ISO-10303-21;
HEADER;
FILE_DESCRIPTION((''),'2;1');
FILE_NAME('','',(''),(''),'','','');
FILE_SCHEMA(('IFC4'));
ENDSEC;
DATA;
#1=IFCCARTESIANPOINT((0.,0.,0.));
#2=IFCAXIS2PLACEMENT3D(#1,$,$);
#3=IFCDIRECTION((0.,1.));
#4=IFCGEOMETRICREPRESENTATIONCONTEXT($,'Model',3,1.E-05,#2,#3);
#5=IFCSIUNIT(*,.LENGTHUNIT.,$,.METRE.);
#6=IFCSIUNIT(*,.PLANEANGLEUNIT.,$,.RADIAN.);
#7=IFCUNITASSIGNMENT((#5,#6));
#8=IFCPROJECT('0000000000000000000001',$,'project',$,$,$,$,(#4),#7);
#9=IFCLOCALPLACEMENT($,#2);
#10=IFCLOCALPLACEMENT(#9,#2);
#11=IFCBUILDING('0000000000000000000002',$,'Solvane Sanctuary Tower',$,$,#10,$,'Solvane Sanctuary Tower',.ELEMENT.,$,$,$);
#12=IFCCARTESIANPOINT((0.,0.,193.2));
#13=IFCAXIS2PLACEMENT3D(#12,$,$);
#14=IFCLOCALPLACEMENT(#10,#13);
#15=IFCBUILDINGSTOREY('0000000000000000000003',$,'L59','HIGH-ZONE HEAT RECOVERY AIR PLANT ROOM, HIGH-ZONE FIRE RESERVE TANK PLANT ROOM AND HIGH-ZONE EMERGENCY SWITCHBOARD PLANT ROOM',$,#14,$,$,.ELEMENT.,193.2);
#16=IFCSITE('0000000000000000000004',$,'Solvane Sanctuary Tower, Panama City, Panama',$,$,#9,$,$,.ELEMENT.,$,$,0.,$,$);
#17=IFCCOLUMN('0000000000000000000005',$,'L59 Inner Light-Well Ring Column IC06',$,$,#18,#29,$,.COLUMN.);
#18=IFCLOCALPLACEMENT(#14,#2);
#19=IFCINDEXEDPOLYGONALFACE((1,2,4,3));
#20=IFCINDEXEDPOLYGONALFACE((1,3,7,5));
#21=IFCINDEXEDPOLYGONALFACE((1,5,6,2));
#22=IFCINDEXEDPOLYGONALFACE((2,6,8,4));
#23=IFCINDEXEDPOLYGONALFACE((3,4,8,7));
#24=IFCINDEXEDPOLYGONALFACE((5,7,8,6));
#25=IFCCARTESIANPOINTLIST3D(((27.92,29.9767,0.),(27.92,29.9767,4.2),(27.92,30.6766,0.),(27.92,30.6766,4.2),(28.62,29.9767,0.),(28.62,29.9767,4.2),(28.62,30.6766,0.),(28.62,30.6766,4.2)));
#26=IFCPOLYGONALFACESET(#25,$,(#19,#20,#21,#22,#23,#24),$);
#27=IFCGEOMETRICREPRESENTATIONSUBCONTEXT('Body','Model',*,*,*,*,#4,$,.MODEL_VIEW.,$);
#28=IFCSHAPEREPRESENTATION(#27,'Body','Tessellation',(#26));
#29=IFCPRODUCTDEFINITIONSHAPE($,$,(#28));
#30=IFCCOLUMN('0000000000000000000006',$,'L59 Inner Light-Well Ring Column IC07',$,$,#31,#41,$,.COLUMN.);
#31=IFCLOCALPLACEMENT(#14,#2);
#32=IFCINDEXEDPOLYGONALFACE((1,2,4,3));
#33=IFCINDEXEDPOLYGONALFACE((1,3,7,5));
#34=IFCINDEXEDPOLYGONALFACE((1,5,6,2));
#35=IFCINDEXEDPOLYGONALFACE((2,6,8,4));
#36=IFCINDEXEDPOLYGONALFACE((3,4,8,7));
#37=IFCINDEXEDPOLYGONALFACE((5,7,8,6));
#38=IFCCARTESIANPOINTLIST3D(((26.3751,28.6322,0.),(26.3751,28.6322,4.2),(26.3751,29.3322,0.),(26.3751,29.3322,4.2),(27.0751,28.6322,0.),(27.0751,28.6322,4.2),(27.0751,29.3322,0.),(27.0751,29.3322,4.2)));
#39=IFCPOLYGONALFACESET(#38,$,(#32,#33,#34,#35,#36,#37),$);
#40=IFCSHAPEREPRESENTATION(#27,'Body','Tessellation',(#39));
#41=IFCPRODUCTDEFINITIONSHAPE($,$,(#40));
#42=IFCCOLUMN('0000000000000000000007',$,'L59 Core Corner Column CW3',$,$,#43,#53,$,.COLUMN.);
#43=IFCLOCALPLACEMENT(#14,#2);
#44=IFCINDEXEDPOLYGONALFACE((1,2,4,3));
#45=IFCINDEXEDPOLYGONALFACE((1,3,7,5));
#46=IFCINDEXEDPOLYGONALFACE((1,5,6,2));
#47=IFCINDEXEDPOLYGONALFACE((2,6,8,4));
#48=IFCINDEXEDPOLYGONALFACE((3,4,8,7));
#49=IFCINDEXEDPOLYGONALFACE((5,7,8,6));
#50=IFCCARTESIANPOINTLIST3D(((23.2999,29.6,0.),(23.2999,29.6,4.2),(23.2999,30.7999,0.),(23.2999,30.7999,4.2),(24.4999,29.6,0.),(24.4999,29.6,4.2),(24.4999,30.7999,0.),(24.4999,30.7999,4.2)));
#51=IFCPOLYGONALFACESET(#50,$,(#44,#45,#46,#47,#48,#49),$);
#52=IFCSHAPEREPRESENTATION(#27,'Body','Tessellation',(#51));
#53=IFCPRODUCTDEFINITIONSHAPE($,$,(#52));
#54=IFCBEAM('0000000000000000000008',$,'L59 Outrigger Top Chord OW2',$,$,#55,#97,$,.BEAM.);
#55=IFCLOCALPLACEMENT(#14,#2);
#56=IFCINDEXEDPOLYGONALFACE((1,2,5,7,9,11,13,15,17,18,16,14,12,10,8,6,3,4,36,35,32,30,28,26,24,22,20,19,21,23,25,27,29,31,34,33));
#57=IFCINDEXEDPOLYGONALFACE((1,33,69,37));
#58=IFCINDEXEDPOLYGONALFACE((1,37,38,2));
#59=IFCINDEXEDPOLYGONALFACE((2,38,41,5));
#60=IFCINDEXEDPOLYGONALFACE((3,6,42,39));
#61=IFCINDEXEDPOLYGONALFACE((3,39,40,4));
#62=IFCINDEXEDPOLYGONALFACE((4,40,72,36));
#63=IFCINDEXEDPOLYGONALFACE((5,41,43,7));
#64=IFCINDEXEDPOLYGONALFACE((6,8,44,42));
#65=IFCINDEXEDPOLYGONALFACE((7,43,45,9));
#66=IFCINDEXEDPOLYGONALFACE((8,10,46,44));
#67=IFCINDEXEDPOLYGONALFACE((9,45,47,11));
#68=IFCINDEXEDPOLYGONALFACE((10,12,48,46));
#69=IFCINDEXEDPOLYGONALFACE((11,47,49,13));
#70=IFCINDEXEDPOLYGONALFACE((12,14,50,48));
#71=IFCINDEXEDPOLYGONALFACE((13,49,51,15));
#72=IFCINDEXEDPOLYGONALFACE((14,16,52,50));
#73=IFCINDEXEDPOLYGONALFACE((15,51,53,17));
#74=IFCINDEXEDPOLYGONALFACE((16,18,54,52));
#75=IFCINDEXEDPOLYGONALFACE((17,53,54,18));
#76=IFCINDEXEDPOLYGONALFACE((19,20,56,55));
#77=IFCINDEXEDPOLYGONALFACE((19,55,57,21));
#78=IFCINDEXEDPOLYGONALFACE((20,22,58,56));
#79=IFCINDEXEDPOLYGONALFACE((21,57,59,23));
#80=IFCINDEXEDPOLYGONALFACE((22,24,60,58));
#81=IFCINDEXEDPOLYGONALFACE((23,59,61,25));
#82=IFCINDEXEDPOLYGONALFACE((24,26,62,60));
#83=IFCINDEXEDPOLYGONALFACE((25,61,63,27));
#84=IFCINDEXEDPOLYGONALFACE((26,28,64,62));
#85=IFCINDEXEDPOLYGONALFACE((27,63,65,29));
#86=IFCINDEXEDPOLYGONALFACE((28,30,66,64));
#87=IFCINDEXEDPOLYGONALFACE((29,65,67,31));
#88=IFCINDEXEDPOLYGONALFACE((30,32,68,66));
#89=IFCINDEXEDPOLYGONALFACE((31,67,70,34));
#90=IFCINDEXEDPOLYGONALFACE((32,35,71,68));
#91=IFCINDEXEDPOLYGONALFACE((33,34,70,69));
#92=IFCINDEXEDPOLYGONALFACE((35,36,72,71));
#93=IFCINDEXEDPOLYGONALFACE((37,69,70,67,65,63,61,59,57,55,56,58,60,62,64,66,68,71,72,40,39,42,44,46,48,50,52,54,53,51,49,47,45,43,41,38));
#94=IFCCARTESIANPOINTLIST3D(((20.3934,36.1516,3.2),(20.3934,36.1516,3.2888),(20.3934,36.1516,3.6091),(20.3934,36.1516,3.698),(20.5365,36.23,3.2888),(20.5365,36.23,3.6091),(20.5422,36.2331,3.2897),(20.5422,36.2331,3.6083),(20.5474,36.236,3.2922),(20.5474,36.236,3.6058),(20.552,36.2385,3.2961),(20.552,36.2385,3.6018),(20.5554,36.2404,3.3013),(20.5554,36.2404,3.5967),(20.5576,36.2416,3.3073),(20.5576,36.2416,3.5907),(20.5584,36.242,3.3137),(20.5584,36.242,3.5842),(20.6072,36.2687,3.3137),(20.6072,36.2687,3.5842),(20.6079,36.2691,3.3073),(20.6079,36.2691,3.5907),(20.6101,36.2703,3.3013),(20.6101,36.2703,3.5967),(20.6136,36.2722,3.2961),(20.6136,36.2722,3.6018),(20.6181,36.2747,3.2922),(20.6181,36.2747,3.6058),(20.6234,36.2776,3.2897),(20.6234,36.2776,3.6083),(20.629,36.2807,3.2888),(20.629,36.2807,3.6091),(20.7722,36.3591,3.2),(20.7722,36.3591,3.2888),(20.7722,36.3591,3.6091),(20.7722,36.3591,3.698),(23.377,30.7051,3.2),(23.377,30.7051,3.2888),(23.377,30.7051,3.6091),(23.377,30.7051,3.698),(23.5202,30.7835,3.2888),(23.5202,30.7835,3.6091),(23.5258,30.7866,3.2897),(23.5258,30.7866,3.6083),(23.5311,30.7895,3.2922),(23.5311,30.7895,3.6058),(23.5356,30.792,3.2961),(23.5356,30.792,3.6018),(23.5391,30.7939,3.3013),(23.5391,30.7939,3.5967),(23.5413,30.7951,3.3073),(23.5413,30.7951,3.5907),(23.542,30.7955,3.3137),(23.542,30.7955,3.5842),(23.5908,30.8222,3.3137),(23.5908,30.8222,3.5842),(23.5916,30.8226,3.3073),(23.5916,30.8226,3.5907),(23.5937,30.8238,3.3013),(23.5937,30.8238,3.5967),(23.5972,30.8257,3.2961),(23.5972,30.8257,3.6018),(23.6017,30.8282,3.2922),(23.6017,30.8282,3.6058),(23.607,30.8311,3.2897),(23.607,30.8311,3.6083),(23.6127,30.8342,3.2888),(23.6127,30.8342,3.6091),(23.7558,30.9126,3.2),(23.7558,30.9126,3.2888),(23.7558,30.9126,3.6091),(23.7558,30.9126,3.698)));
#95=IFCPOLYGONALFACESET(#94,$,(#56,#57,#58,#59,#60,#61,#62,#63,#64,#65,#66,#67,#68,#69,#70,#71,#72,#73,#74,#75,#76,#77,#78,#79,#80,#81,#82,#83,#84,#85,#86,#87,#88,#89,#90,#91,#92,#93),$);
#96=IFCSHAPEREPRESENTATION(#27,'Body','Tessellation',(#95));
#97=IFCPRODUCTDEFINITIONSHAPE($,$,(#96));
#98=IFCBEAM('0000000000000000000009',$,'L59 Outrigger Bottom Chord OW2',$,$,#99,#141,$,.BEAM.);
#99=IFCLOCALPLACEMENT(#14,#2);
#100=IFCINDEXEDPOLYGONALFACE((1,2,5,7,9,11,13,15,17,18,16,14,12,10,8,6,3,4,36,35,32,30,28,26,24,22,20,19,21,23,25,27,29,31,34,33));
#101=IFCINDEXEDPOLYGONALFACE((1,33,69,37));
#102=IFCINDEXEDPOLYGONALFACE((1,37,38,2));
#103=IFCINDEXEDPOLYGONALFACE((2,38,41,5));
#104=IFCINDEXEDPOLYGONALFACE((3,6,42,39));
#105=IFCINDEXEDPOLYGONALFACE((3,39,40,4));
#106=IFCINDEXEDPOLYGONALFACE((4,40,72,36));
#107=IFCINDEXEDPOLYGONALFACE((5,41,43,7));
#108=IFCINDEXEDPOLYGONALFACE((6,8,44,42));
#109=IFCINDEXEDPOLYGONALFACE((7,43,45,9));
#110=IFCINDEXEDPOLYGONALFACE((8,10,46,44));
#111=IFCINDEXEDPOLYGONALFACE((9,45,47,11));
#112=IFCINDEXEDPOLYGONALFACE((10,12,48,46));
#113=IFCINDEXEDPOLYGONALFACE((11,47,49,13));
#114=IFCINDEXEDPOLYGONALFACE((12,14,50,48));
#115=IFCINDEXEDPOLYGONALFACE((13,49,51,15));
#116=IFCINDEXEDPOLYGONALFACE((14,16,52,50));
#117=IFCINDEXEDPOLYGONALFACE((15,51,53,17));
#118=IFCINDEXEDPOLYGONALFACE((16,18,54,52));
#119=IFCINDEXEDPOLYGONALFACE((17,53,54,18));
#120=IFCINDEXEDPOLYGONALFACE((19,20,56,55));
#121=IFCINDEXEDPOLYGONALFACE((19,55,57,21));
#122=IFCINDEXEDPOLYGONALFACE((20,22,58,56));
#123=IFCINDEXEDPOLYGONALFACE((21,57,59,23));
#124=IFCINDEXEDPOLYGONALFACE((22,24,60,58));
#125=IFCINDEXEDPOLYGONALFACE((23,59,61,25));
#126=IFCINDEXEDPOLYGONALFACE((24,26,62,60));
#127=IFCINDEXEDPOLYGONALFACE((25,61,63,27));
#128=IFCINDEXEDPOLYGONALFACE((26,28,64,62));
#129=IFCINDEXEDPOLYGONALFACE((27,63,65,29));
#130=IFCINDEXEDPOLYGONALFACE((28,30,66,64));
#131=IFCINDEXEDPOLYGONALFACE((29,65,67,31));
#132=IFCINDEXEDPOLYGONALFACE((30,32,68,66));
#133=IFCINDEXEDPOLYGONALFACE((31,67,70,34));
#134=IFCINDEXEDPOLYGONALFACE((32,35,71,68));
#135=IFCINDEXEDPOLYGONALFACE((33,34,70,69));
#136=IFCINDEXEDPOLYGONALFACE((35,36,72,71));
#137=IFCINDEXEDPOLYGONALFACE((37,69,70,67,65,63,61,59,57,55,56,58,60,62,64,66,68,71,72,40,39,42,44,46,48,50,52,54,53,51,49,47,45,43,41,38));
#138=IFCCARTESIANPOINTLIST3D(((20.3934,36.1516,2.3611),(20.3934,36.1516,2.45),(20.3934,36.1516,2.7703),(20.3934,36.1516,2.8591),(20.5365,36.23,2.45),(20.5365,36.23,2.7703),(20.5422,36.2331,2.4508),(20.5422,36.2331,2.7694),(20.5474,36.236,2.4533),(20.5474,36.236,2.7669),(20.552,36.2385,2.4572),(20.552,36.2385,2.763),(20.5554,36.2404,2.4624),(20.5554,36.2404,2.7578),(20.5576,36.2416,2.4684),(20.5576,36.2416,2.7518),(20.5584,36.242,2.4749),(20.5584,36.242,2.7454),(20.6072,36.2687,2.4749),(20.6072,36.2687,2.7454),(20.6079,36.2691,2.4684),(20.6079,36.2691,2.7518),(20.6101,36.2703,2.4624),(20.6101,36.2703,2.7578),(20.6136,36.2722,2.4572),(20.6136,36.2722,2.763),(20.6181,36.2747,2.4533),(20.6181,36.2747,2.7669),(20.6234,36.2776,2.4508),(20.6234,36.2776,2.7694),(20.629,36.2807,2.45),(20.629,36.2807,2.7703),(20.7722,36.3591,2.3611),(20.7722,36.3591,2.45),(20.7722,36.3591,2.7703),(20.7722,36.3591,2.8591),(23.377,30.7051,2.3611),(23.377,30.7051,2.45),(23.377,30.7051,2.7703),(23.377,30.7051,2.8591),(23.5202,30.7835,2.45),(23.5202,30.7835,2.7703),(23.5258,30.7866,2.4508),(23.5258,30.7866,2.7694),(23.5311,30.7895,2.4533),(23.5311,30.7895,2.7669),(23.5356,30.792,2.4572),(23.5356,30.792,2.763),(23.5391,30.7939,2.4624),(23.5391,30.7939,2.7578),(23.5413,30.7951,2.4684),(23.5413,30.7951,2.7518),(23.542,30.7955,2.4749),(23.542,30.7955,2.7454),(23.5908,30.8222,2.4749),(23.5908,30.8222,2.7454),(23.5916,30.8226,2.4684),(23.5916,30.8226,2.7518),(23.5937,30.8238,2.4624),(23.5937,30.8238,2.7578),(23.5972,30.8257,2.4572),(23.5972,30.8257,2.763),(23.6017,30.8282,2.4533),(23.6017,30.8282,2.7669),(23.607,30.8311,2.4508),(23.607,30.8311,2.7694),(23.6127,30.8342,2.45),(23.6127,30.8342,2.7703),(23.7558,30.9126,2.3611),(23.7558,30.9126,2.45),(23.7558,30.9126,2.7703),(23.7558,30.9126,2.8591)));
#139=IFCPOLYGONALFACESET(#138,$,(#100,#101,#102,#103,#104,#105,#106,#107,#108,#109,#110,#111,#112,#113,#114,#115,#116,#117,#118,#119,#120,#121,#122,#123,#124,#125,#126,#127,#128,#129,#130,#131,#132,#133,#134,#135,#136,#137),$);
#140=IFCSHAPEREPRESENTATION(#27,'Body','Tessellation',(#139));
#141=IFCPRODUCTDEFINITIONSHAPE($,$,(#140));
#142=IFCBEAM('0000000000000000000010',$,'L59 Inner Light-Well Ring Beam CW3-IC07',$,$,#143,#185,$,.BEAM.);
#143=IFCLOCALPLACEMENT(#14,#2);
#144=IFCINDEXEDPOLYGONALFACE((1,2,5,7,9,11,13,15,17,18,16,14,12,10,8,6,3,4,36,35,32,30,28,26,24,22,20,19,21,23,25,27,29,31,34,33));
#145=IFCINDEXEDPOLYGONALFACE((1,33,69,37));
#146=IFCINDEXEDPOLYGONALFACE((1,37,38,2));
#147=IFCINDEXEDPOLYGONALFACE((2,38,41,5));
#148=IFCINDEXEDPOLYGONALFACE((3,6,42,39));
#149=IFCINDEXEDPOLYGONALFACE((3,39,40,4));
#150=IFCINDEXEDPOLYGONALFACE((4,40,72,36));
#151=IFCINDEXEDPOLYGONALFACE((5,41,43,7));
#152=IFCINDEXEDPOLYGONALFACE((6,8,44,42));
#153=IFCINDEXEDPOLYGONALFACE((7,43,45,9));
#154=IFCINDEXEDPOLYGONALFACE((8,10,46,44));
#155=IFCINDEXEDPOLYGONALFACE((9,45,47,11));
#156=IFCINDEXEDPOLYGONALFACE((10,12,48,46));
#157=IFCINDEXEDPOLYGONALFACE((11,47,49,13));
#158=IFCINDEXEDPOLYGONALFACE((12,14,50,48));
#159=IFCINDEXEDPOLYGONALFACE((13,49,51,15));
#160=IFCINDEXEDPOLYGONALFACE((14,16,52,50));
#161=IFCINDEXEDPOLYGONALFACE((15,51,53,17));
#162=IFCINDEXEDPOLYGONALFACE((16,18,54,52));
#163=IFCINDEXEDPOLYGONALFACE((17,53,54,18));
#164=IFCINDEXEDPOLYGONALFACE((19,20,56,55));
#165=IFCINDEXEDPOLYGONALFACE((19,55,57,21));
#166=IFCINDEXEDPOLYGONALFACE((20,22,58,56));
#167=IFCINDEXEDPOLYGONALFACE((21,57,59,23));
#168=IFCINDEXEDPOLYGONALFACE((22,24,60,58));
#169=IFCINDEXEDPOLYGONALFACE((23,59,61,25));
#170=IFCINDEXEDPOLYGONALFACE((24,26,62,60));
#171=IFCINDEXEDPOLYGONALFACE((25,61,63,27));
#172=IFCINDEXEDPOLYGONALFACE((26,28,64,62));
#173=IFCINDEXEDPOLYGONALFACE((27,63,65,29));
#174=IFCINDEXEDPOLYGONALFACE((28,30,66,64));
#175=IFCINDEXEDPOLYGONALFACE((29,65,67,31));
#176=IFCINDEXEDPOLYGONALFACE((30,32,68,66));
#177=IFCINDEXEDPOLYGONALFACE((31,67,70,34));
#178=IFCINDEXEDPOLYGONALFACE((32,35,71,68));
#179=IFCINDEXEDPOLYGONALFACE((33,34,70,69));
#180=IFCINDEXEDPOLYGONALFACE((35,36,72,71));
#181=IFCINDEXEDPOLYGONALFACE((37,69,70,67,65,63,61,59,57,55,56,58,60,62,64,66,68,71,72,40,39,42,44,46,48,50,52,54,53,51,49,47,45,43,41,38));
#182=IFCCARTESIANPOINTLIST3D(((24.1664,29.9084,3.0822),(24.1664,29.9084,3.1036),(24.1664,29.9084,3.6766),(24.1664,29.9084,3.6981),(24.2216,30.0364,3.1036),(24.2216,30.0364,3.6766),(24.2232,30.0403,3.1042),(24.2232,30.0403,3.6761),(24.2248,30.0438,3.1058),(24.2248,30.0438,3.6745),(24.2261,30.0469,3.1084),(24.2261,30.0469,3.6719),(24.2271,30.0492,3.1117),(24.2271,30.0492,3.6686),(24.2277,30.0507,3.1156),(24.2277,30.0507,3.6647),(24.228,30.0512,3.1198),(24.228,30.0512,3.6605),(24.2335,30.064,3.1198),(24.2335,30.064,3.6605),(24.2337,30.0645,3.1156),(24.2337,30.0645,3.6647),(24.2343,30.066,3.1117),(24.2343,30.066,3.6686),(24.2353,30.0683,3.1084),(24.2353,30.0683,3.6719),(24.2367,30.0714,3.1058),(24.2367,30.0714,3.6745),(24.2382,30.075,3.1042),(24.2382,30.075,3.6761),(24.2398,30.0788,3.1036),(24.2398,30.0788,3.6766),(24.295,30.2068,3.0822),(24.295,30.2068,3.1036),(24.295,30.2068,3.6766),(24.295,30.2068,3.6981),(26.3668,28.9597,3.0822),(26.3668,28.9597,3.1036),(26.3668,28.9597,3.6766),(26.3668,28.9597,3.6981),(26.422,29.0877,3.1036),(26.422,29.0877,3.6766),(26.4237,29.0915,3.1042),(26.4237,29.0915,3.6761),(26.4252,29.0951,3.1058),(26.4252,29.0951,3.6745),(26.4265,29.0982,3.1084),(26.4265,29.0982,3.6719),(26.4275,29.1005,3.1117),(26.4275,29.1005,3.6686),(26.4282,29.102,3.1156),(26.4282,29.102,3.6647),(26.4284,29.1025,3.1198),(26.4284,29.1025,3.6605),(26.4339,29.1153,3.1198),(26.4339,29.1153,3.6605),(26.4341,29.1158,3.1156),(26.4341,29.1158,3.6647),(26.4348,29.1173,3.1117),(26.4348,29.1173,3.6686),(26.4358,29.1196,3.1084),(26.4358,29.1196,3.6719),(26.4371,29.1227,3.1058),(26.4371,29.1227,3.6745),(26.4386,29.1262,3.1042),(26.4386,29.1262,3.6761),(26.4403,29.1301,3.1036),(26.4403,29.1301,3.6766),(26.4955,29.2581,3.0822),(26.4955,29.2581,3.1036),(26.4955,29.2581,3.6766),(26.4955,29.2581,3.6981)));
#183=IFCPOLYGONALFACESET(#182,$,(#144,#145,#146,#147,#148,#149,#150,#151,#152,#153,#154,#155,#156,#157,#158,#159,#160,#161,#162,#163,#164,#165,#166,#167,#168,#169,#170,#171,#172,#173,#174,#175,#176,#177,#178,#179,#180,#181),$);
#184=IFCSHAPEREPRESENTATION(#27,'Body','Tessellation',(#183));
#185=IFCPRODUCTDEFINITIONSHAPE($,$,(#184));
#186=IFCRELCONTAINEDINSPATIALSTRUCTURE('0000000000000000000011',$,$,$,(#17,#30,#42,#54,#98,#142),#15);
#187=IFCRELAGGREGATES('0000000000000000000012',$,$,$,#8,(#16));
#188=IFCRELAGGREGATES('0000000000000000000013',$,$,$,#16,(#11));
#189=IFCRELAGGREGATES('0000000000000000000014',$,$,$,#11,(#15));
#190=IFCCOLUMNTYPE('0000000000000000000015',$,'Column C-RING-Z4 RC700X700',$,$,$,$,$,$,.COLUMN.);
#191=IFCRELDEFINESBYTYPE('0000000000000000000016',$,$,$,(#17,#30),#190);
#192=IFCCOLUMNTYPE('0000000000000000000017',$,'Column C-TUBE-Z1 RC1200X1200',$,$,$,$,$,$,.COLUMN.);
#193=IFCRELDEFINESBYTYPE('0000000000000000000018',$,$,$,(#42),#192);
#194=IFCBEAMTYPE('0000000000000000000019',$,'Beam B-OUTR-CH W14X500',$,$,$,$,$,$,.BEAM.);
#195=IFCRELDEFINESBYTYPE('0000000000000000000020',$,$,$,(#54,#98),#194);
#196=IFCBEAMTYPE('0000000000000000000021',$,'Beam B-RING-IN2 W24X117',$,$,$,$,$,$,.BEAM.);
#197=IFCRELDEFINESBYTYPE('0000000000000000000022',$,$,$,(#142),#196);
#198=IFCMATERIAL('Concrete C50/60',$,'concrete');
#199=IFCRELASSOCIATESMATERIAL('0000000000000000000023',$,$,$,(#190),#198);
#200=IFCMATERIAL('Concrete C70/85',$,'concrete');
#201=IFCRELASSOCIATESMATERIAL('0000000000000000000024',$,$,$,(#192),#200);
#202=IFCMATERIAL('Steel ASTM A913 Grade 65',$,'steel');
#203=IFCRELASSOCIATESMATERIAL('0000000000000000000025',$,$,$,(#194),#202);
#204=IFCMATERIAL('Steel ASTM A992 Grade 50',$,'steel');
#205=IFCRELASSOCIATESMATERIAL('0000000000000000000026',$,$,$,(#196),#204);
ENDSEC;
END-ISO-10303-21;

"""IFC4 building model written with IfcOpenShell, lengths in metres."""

from ifc_helpers import new_model, si_unit, direction, frame, origin, origin_2d, place, context, subcontext, project, spatial, rectangle, i_section, extrude, material, material_profile, profile_set, type_object, element, save


model = new_model("IFC4")

# Units and contexts
model_context = context("Model", 3, precision=1e-05, world=origin(), true_north=direction((0.0, 1.0)))
body_context = subcontext(model_context, "Body", "Model", "MODEL_VIEW")
ifc_project = project(units=[si_unit("LENGTHUNIT", "METRE"), si_unit("PLANEANGLEUNIT", "RADIAN")], contexts=[model_context])

# Site, building, storey
site_placement = place(None, origin())
site = spatial("IfcSite", under=ifc_project, at=site_placement, Name="Solvane Sanctuary Tower, Panama City, Panama", CompositionType="ELEMENT", RefElevation=0.0)
building_placement = place(site_placement, origin())
building = spatial("IfcBuilding", under=site, at=building_placement, Name="Solvane Sanctuary Tower", LongName="Solvane Sanctuary Tower", CompositionType="ELEMENT")
storey_placement = place(building_placement, frame((0.0, 0.0, 193.2)))
storey = spatial("IfcBuildingStorey", under=building, at=storey_placement, Name="L59", Description="HIGH-ZONE HEAT RECOVERY AIR PLANT ROOM, HIGH-ZONE FIRE RESERVE TANK PLANT ROOM AND HIGH-ZONE EMERGENCY SWITCHBOARD PLANT ROOM", CompositionType="ELEMENT", Elevation=193.2)

# Columns
ifc_material_1 = material(Name="Concrete C50/60", Category="concrete")
ifc_material_profile_1 = material_profile(ifc_material_1, rectangle(XDim=0.7, YDim=0.7, at=origin_2d()), Name="RC700X700")
ifc_profile_set_1 = profile_set([ifc_material_profile_1], Name="Concrete C50/60")
column_type_1 = type_object("IfcColumnType", Name="Column C-RING-Z4 RC700X700", PredefinedType="COLUMN", material=ifc_profile_set_1)
for number, where, z_axis, x_axis, name in (
    (1, (28.27, 30.3267, 0.0), (0.0, 0.0, 1.0), (1.0, 0.0, 0.0), "L59 Inner Light-Well Ring Column IC06"),
    (2, (26.7251, 28.9822, 0.0), (0.0, 0.0, 1.0), (1.0, 0.0, 0.0), "L59 Inner Light-Well Ring Column IC07"),
):
    element("IfcColumn", number, at=place(storey_placement, frame(where, z_axis=z_axis, x_axis=x_axis)), inside=storey, type_object=column_type_1, Name=name, PredefinedType="COLUMN", context=body_context, shape_type="SweptSolid", body=[
        extrude(rectangle(XDim=0.7, YDim=0.7, at=origin_2d()), origin(), (0.0, 0.0, 1.0), 4.2),
    ])
ifc_material_2 = material(Name="Concrete C70/85", Category="concrete")
ifc_material_profile_2 = material_profile(ifc_material_2, rectangle(XDim=1.2, YDim=1.2, at=origin_2d()), Name="RC1200X1200")
ifc_profile_set_2 = profile_set([ifc_material_profile_2], Name="Concrete C70/85")
column_type_2 = type_object("IfcColumnType", Name="Column C-TUBE-Z1 RC1200X1200", PredefinedType="COLUMN", material=ifc_profile_set_2)
column_placement = place(storey_placement, frame((23.8999, 30.2, 0.0), z_axis=(0.0, 0.0, 1.0), x_axis=(1.0, 0.0, 0.0)))
element("IfcColumn", 3, at=column_placement, inside=storey, type_object=column_type_2, Name="L59 Core Corner Column CW3", PredefinedType="COLUMN", context=body_context, shape_type="SweptSolid", body=[
    extrude(rectangle(XDim=1.2, YDim=1.2, at=origin_2d()), origin(), (0.0, 0.0, 1.0), 4.2),
])

# Beams
ifc_material_3 = material(Name="Steel ASTM A913 Grade 65", Category="steel")
ifc_material_profile_3 = material_profile(ifc_material_3, i_section(OverallWidth=0.4319, OverallDepth=0.498, WebThickness=0.0557, FlangeThickness=0.0889, FilletRadius=0.0249, at=origin_2d()), Name="W14X500")
ifc_profile_set_3 = profile_set([ifc_material_profile_3], Name="Steel ASTM A913 Grade 65")
beam_type_1 = type_object("IfcBeamType", Name="Beam B-OUTR-CH W14X500", PredefinedType="BEAM", material=ifc_profile_set_3)
for number, where, z_axis, x_axis, name in (
    (4, (23.5664, 30.8088, 3.449), (-0.480441, 0.877027, 0.0), (-0.877027, -0.480441, 0.0), "L59 Outrigger Top Chord OW2"),
    (5, (23.5664, 30.8088, 2.6101), (-0.480441, 0.877027, 0.0), (-0.877027, -0.480441, 0.0), "L59 Outrigger Bottom Chord OW2"),
):
    element("IfcBeam", number, at=place(storey_placement, frame(where, z_axis=z_axis, x_axis=x_axis)), inside=storey, type_object=beam_type_1, Name=name, PredefinedType="BEAM", context=body_context, shape_type="SweptSolid", body=[
        extrude(i_section(OverallWidth=0.4319, OverallDepth=0.498, WebThickness=0.0557, FlangeThickness=0.0889, FilletRadius=0.0249, at=origin_2d()), origin(), (0.0, 0.0, 1.0), 6.2102),
    ])
ifc_material_4 = material(Name="Steel ASTM A992 Grade 50", Category="steel")
ifc_material_profile_4 = material_profile(ifc_material_4, i_section(OverallWidth=0.325, OverallDepth=0.616, WebThickness=0.0139, FlangeThickness=0.0215, FilletRadius=0.0161, at=origin_2d()), Name="W24X117")
ifc_profile_set_4 = profile_set([ifc_material_profile_4], Name="Steel ASTM A992 Grade 50")
beam_type_2 = type_object("IfcBeamType", Name="Beam B-RING-IN2 W24X117", PredefinedType="BEAM", material=ifc_profile_set_4)
beam_1_placement = place(storey_placement, frame((24.2307, 30.0576, 3.3901), z_axis=(0.918284, -0.395923, 0.0), x_axis=(0.395923, 0.918284, 0.0)))
element("IfcBeam", 6, at=beam_1_placement, inside=storey, type_object=beam_type_2, Name="L59 Inner Light-Well Ring Beam CW3-IC07", PredefinedType="BEAM", context=body_context, shape_type="SweptSolid", body=[
    extrude(i_section(OverallWidth=0.325, OverallDepth=0.616, WebThickness=0.0139, FlangeThickness=0.0215, FilletRadius=0.0161, at=origin_2d()), origin(), (0.0, 0.0, 1.0), 2.3962),
])

save(model, "model.ifc")
